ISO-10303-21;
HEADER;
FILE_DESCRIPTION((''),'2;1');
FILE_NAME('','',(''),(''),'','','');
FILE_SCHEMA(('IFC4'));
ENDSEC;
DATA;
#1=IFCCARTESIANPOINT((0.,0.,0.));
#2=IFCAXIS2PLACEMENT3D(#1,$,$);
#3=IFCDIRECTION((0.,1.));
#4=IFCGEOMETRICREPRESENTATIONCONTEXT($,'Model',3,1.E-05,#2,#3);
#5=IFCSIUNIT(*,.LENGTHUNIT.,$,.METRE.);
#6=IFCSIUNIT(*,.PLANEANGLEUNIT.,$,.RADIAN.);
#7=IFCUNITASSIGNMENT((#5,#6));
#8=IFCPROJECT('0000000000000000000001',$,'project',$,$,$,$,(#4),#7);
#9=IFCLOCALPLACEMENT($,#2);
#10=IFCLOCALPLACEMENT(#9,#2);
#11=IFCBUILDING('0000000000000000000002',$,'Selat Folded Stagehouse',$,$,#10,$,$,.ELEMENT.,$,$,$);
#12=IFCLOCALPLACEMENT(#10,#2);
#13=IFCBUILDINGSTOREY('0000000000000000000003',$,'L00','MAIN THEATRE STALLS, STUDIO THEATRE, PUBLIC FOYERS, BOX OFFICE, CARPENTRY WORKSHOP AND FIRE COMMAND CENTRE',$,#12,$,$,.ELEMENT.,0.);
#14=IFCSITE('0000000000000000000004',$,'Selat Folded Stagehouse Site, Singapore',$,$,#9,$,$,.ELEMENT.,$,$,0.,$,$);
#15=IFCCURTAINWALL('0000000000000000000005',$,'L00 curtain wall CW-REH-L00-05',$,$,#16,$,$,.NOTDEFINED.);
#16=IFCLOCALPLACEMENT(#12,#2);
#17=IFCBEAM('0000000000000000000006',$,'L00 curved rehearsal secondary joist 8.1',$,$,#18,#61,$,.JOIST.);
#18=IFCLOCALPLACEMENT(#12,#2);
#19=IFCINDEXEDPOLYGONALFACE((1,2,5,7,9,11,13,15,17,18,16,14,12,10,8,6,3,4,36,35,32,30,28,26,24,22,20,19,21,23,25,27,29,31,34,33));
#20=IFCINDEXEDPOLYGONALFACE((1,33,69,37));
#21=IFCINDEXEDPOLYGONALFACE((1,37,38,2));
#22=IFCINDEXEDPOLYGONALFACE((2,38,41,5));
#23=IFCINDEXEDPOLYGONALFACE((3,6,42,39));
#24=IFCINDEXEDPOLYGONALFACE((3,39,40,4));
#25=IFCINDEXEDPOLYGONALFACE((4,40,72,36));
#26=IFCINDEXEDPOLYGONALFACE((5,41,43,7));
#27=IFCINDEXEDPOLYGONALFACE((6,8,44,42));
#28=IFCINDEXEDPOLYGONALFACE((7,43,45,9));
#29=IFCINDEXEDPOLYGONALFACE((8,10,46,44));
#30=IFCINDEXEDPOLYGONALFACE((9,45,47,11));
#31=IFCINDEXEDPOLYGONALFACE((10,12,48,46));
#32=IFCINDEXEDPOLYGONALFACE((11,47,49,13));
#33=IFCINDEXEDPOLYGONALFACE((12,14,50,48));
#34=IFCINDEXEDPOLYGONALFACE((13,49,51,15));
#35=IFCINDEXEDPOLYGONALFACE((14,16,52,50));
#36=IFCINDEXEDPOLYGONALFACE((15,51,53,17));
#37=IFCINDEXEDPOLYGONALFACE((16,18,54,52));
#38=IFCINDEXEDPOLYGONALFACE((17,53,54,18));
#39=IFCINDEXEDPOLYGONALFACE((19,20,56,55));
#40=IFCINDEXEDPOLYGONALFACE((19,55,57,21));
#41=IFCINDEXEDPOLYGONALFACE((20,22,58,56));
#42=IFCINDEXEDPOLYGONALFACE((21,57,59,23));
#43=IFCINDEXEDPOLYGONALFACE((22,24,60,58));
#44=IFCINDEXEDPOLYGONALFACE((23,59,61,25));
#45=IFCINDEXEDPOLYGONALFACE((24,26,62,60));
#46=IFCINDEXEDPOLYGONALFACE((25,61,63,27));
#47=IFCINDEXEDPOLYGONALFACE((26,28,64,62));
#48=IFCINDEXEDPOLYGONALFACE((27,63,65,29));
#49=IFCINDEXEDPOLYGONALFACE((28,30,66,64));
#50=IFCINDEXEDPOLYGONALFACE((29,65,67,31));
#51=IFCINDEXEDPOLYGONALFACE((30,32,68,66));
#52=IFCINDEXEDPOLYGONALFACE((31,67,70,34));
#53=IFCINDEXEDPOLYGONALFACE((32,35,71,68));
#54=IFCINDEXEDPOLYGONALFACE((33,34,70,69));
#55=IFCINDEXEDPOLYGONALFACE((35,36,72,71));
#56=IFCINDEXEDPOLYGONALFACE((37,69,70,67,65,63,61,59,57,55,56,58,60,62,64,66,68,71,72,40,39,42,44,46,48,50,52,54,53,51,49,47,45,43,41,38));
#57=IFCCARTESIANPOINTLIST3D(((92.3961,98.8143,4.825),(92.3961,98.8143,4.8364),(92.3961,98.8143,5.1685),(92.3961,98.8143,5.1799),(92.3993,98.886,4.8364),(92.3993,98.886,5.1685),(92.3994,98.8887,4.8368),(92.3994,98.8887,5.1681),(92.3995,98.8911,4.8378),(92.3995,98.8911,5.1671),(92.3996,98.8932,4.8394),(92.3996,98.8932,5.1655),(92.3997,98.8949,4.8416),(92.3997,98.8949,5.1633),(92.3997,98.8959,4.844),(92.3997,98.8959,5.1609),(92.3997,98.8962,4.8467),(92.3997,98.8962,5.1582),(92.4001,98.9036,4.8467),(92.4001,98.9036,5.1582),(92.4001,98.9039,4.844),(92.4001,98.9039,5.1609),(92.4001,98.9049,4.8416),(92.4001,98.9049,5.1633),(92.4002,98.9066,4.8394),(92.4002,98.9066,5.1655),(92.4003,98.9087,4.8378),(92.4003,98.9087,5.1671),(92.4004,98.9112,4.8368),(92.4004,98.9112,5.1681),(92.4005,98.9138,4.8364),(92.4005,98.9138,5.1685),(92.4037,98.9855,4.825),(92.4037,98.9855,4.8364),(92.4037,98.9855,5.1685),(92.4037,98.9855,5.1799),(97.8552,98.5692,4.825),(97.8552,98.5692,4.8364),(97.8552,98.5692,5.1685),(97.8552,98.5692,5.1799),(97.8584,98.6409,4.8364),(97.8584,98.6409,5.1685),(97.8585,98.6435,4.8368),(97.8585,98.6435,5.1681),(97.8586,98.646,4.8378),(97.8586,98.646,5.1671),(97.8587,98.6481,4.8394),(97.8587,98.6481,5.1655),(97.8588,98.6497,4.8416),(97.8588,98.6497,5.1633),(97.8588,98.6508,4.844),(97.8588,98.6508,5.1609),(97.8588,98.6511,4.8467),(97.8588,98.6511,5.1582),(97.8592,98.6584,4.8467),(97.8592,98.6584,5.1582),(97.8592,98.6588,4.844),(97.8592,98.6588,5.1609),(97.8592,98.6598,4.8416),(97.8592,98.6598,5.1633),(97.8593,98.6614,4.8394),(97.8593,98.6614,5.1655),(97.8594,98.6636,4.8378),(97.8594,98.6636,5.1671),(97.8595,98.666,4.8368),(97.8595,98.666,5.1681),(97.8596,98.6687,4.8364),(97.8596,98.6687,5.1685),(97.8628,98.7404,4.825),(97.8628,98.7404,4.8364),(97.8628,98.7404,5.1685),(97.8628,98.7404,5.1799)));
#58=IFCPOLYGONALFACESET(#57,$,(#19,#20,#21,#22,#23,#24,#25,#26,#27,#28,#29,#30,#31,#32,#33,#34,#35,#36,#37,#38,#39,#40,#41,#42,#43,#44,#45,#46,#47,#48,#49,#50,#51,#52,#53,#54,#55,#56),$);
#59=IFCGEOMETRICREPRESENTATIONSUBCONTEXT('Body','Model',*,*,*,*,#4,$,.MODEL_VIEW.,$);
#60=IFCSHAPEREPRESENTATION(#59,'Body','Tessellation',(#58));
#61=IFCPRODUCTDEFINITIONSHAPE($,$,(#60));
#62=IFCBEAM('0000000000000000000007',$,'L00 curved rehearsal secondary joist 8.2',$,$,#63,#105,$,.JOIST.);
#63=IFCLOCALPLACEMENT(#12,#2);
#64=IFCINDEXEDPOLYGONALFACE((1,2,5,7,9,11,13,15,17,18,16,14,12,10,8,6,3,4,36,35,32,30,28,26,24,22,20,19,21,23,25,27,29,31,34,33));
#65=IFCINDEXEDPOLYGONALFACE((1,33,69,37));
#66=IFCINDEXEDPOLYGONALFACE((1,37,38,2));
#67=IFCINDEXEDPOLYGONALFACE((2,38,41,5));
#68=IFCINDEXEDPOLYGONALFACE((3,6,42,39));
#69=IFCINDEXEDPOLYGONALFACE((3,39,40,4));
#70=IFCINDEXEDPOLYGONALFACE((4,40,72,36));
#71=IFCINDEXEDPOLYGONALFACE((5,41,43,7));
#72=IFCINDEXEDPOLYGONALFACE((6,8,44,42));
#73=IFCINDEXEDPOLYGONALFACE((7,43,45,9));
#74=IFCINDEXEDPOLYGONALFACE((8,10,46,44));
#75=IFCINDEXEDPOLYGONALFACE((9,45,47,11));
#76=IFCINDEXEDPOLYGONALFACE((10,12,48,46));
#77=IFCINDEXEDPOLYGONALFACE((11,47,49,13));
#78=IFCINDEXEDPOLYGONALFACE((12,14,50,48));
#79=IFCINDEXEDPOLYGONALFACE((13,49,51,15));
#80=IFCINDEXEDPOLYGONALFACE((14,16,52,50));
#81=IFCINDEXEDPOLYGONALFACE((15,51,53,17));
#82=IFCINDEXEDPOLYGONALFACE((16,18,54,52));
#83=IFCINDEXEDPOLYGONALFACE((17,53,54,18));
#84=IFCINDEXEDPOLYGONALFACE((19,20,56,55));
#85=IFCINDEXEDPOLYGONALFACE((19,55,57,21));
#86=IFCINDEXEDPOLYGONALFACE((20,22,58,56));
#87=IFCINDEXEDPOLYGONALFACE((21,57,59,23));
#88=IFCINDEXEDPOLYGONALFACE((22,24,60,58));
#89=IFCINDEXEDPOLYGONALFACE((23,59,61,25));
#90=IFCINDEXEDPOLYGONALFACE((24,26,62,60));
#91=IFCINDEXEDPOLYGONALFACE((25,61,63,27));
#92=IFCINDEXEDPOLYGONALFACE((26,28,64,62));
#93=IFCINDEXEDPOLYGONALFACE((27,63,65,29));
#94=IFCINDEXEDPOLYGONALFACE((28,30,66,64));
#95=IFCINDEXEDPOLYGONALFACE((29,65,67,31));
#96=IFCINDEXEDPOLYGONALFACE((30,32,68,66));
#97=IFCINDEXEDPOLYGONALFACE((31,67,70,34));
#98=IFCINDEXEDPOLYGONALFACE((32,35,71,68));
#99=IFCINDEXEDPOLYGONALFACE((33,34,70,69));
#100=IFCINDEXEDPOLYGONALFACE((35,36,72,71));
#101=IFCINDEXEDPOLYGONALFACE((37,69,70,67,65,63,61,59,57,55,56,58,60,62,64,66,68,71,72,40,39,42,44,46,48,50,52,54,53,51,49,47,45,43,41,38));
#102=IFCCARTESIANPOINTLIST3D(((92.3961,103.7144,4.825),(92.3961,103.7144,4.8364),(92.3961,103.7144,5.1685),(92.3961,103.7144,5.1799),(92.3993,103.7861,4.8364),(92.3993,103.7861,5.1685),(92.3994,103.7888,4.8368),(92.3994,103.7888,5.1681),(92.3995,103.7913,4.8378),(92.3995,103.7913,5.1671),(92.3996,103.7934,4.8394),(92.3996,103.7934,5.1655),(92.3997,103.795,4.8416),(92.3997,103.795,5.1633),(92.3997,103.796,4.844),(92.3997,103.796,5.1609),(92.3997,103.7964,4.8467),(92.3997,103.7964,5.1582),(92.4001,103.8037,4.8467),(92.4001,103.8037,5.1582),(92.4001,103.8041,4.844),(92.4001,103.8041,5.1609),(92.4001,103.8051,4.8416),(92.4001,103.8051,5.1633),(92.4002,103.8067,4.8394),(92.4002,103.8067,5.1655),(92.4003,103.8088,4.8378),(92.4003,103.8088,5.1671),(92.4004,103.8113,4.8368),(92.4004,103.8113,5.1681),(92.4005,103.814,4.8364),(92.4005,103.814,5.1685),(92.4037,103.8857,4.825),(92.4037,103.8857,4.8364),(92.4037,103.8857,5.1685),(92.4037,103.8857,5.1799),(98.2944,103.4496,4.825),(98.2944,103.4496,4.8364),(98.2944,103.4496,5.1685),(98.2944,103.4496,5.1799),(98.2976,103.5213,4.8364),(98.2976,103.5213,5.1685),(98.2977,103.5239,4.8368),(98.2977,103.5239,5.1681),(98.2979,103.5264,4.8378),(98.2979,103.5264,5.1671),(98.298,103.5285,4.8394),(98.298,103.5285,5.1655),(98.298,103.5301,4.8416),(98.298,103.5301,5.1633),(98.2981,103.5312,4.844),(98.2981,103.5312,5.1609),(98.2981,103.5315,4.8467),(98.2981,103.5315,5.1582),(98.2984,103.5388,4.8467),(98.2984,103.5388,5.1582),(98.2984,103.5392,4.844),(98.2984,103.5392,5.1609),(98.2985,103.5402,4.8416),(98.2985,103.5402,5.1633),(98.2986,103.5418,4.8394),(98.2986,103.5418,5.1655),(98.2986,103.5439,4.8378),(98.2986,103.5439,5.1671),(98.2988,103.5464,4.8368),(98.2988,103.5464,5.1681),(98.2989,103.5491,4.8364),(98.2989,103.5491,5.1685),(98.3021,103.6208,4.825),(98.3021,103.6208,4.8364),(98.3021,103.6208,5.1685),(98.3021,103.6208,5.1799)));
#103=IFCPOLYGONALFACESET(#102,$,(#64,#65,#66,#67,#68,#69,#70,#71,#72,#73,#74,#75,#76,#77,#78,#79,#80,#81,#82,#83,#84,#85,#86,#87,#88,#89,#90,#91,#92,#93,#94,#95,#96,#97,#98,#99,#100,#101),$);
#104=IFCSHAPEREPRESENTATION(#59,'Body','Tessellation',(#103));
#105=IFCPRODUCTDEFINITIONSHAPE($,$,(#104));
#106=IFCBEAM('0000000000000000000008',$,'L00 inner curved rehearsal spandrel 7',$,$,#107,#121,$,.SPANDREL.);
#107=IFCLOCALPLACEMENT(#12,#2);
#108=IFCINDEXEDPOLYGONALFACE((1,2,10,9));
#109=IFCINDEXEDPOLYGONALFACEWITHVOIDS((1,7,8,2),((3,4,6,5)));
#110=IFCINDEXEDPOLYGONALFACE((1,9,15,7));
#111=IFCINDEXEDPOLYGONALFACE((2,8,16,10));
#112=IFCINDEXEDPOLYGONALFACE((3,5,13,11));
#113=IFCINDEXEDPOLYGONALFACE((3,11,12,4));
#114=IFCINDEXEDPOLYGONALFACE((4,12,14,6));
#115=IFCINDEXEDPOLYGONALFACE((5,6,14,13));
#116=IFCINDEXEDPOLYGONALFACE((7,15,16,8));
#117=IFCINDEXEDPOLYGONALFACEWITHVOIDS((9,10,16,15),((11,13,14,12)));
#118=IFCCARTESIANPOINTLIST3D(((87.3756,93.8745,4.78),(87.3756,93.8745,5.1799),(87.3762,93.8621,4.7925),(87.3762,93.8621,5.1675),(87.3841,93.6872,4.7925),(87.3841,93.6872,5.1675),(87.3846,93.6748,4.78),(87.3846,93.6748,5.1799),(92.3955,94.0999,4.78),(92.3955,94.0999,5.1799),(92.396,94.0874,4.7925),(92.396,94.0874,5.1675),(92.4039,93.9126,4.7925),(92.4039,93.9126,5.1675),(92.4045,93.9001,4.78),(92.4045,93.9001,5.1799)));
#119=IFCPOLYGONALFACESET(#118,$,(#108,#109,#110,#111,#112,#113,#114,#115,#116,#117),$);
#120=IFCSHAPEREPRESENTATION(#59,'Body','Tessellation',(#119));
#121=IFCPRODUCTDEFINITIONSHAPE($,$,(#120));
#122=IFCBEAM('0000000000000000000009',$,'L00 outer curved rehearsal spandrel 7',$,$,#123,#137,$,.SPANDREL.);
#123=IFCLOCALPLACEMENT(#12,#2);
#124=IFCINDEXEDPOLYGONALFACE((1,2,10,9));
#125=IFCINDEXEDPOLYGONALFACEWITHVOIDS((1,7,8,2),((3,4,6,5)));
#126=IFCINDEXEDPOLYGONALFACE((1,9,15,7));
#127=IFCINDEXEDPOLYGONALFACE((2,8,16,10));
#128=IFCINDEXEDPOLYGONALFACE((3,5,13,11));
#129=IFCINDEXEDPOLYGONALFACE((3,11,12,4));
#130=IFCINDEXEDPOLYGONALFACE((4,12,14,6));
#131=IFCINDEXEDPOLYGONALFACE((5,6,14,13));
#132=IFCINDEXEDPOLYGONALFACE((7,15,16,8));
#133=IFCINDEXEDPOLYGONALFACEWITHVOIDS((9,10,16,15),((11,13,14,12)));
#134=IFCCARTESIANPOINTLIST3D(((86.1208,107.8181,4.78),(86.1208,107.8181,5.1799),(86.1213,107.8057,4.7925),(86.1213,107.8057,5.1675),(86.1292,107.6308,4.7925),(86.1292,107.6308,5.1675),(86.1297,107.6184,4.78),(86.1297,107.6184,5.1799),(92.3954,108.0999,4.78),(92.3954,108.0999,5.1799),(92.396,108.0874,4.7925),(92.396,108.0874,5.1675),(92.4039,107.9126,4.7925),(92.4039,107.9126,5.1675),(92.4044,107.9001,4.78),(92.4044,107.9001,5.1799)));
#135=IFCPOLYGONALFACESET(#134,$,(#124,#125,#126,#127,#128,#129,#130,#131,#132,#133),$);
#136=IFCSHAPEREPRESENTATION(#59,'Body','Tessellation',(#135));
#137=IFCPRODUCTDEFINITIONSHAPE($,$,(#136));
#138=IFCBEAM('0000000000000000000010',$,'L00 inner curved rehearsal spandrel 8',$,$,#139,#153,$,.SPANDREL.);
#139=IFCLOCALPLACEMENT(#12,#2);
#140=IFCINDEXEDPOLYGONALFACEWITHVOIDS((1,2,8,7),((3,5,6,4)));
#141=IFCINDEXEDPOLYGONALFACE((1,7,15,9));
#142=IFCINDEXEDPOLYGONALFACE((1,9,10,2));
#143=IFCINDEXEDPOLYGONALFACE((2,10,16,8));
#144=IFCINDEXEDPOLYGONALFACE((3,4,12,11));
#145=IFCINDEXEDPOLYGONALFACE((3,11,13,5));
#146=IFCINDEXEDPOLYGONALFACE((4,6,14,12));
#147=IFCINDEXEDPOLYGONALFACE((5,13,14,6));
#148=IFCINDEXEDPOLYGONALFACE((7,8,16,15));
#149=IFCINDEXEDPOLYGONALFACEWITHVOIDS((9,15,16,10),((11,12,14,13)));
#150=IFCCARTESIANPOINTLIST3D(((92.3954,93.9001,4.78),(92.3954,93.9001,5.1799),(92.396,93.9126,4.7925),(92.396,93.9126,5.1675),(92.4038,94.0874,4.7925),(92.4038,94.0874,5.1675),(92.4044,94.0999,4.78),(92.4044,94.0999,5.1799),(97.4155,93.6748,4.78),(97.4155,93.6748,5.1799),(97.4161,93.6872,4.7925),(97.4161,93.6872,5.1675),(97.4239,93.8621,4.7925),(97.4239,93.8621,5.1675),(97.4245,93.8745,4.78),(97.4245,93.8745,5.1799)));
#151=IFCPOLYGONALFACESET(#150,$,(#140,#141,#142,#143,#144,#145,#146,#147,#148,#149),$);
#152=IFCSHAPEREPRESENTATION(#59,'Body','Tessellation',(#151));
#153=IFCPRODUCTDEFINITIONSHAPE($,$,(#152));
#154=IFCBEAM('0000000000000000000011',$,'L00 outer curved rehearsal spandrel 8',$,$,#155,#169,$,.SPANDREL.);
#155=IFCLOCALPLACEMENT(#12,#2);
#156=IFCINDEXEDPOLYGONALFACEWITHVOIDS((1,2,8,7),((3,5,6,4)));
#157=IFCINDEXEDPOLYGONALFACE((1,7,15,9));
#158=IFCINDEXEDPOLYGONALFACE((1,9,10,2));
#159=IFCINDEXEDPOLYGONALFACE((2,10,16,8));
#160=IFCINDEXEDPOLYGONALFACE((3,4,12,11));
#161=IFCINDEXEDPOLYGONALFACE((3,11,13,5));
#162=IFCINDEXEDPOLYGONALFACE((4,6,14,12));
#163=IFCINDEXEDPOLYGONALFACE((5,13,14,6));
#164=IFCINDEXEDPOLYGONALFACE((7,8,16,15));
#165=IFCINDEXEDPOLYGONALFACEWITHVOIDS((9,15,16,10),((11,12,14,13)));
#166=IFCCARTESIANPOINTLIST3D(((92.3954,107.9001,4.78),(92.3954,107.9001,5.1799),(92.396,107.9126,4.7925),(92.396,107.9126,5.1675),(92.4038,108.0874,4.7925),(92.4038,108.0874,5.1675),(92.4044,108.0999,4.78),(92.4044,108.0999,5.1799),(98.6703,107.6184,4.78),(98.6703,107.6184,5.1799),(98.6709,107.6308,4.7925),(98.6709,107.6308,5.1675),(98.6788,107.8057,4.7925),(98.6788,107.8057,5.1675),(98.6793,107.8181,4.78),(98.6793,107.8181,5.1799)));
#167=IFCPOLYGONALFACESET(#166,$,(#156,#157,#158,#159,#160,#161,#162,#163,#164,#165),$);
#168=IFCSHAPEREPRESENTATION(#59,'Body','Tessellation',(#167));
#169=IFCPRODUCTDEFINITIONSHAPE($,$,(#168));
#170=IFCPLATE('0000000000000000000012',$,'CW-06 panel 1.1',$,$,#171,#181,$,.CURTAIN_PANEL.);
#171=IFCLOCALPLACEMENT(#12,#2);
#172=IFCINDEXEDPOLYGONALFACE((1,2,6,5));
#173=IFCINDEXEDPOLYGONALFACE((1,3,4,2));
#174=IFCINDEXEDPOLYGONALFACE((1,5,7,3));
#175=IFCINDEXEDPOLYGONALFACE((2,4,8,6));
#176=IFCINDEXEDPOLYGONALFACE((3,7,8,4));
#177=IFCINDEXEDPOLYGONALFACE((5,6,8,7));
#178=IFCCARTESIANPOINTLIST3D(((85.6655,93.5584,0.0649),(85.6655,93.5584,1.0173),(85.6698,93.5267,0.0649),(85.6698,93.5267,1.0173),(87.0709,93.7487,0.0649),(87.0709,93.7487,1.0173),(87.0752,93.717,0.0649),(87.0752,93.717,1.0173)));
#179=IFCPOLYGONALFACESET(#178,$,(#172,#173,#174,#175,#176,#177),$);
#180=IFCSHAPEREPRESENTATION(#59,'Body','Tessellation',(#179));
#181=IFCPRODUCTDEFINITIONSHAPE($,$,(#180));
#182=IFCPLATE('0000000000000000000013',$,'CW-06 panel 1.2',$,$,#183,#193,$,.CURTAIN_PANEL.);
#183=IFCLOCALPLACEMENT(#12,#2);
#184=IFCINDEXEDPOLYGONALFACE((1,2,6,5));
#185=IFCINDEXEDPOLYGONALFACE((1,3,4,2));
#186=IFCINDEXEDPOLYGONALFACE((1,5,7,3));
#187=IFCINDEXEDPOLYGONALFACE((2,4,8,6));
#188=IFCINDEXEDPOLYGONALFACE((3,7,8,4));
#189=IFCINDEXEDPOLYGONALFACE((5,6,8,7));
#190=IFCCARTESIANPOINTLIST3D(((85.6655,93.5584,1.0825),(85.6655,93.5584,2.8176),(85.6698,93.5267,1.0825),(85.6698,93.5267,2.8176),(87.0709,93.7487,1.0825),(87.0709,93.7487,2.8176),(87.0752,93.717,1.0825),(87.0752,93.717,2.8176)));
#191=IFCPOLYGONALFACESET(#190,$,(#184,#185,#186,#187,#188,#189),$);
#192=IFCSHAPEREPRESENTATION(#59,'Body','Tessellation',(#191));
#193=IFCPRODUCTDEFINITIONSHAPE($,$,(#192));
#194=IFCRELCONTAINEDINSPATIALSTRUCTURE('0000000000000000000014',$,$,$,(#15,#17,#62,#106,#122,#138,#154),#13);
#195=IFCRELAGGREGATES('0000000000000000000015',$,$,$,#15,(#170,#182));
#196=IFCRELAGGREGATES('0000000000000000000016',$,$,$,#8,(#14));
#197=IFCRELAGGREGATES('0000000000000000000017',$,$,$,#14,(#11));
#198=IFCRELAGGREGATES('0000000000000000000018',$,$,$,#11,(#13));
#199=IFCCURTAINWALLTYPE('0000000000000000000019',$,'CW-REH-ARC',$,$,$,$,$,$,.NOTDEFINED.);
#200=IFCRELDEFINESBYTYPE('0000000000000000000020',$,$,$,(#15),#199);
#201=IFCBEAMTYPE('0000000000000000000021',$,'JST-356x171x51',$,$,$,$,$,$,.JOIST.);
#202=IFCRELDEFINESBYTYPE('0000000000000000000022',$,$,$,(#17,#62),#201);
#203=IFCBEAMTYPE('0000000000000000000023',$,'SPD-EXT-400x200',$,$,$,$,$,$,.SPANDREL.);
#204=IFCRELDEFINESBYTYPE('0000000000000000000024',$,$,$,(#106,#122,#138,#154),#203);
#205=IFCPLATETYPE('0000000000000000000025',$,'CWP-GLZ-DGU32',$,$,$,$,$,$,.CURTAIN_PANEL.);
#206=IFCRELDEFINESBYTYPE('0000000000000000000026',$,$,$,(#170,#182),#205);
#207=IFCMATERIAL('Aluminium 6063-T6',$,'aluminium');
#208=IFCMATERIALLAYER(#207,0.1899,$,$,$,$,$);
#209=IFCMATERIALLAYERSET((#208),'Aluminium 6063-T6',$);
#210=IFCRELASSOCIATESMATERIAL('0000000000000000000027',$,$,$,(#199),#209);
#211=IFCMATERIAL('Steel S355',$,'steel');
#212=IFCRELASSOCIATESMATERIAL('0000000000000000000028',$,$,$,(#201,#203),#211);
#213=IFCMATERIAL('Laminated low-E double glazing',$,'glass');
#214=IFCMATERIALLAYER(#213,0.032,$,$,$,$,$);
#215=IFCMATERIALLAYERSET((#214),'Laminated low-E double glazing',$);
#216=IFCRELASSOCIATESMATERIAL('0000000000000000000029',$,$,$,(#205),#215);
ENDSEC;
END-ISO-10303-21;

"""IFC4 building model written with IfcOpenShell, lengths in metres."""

from ifc_helpers import new_model, si_unit, direction, frame, origin, origin_2d, place, context, subcontext, project, spatial, rectangle, hollow_rectangle, i_section, extrude, material, layer, layer_set, material_profile, profile_set, type_object, element, aggregate, save


model = new_model("IFC4")

# Units and contexts
model_context = context("Model", 3, precision=1e-05, world=origin(), true_north=direction((0.0, 1.0)))
body_context = subcontext(model_context, "Body", "Model", "MODEL_VIEW")
ifc_project = project(units=[si_unit("LENGTHUNIT", "METRE"), si_unit("PLANEANGLEUNIT", "RADIAN")], contexts=[model_context])

# Site, building, storey
site_placement = place(None, origin())
site = spatial("IfcSite", under=ifc_project, at=site_placement, Name="Selat Folded Stagehouse Site, Singapore", CompositionType="ELEMENT", RefElevation=0.0)
building_placement = place(site_placement, origin())
building = spatial("IfcBuilding", under=site, at=building_placement, Name="Selat Folded Stagehouse", CompositionType="ELEMENT")
storey_placement = place(building_placement, origin())
storey = spatial("IfcBuildingStorey", under=building, at=storey_placement, Name="L00", Description="MAIN THEATRE STALLS, STUDIO THEATRE, PUBLIC FOYERS, BOX OFFICE, CARPENTRY WORKSHOP AND FIRE COMMAND CENTRE", CompositionType="ELEMENT", Elevation=0.0)

# Shared definitions
ifc_material_1 = material(Name="Steel S355", Category="steel")

# Curtain wall
ifc_material_2 = material(Name="Aluminium 6063-T6", Category="aluminium")
ifc_layer_1 = layer(ifc_material_2, 0.1899)
ifc_layer_set_1 = layer_set([ifc_layer_1], Name="Aluminium 6063-T6")
curtain_wall_type = type_object("IfcCurtainWallType", Name="CW-REH-ARC", PredefinedType="NOTDEFINED", material=ifc_layer_set_1)
curtain_wall_placement = place(storey_placement, origin())
curtain_wall = element("IfcCurtainWall", 1, at=curtain_wall_placement, inside=storey, type_object=curtain_wall_type, Name="L00 curtain wall CW-REH-L00-05", PredefinedType="NOTDEFINED")

# Beams
ifc_material_profile_1 = material_profile(ifc_material_1, i_section(OverallWidth=0.1714, OverallDepth=0.355, WebThickness=0.0073, FlangeThickness=0.0115, FilletRadius=0.0103, at=origin_2d()), Name="UKB 356x171x51")
ifc_profile_set_1 = profile_set([ifc_material_profile_1], Name="Steel S355")
beam_type_1 = type_object("IfcBeamType", Name="JST-356x171x51", PredefinedType="JOIST", material=ifc_profile_set_1)
beam_1_placement = place(storey_placement, frame((92.3999, 98.8999, 5.0024), z_axis=(0.998993, -0.044856, 0.0), x_axis=(0.044856, 0.998993, 0.0)))
element("IfcBeam", 2, at=beam_1_placement, inside=storey, type_object=beam_type_1, Name="L00 curved rehearsal secondary joist 8.1", PredefinedType="JOIST", context=body_context, shape_type="SweptSolid", body=[
    extrude(i_section(OverallWidth=0.1714, OverallDepth=0.355, WebThickness=0.0073, FlangeThickness=0.0115, FilletRadius=0.0103, at=origin_2d()), origin(), (0.0, 0.0, 1.0), 5.4646),
])
beam_2_placement = place(storey_placement, frame((92.3999, 103.8, 5.0024), z_axis=(0.998993, -0.044864, 0.0), x_axis=(0.044864, 0.998993, 0.0)))
element("IfcBeam", 3, at=beam_2_placement, inside=storey, type_object=beam_type_1, Name="L00 curved rehearsal secondary joist 8.2", PredefinedType="JOIST", context=body_context, shape_type="SweptSolid", body=[
    extrude(i_section(OverallWidth=0.1714, OverallDepth=0.355, WebThickness=0.0073, FlangeThickness=0.0115, FilletRadius=0.0103, at=origin_2d()), origin(), (0.0, 0.0, 1.0), 5.9043),
])
ifc_material_profile_2 = material_profile(ifc_material_1, hollow_rectangle(XDim=0.2, YDim=0.3999, WallThickness=0.0125, at=origin_2d()), Name="RHS 400x200x12.5")
ifc_profile_set_2 = profile_set([ifc_material_profile_2], Name="Steel S355")
beam_type_2 = type_object("IfcBeamType", Name="SPD-EXT-400x200", PredefinedType="SPANDREL", material=ifc_profile_set_2)
beam_3_placement = place(storey_placement, frame((87.3801, 93.7747, 4.98), z_axis=(0.998994, 0.044846, 0.0), x_axis=(-0.044846, 0.998994, 0.0)))
element("IfcBeam", 4, at=beam_3_placement, inside=storey, type_object=beam_type_2, Name="L00 inner curved rehearsal spandrel 7", PredefinedType="SPANDREL", context=body_context, shape_type="SweptSolid", body=[
    extrude(hollow_rectangle(XDim=0.2, YDim=0.3999, WallThickness=0.0125, at=origin_2d()), origin(), (0.0, 0.0, 1.0), 5.0249),
])
beam_4_placement = place(storey_placement, frame((86.1252, 107.7183, 4.98), z_axis=(0.998993, 0.044856, 0.0), x_axis=(-0.044856, 0.998993, 0.0)))
element("IfcBeam", 5, at=beam_4_placement, inside=storey, type_object=beam_type_2, Name="L00 outer curved rehearsal spandrel 7", PredefinedType="SPANDREL", context=body_context, shape_type="SweptSolid", body=[
    extrude(hollow_rectangle(XDim=0.2, YDim=0.3999, WallThickness=0.0125, at=origin_2d()), origin(), (0.0, 0.0, 1.0), 6.281),
])
beam_5_placement = place(storey_placement, frame((92.3999, 94.0, 4.98), z_axis=(0.998994, -0.044843, 0.0), x_axis=(0.044843, 0.998994, 0.0)))
element("IfcBeam", 6, at=beam_5_placement, inside=storey, type_object=beam_type_2, Name="L00 inner curved rehearsal spandrel 8", PredefinedType="SPANDREL", context=body_context, shape_type="SweptSolid", body=[
    extrude(hollow_rectangle(XDim=0.2, YDim=0.3999, WallThickness=0.0125, at=origin_2d()), origin(), (0.0, 0.0, 1.0), 5.0251),
])
beam_6_placement = place(storey_placement, frame((92.3999, 108.0, 4.98), z_axis=(0.998994, -0.044854, 0.0), x_axis=(0.044854, 0.998994, 0.0)))
element("IfcBeam", 7, at=beam_6_placement, inside=storey, type_object=beam_type_2, Name="L00 outer curved rehearsal spandrel 8", PredefinedType="SPANDREL", context=body_context, shape_type="SweptSolid", body=[
    extrude(hollow_rectangle(XDim=0.2, YDim=0.3999, WallThickness=0.0125, at=origin_2d()), origin(), (0.0, 0.0, 1.0), 6.2812),
])

# Plates
ifc_material_3 = material(Name="Laminated low-E double glazing", Category="glass")
ifc_layer_2 = layer(ifc_material_3, 0.032)
ifc_layer_set_2 = layer_set([ifc_layer_2], Name="Laminated low-E double glazing")
plate_type = type_object("IfcPlateType", Name="CWP-GLZ-DGU32", PredefinedType="CURTAIN_PANEL", material=ifc_layer_set_2)
plate_1_placement = place(storey_placement, frame((86.3704, 93.6377, 0.0649), z_axis=(0.0, 0.0, 1.0), x_axis=(-0.990953, -0.134212, 0.0)))
plate_1 = element("IfcPlate", 8, at=plate_1_placement, type_object=plate_type, Name="CW-06 panel 1.1", PredefinedType="CURTAIN_PANEL", context=body_context, shape_type="SweptSolid", body=[
    extrude(rectangle(XDim=1.4182, YDim=0.032, at=origin_2d()), origin(), (0.0, 0.0, 1.0), 0.9524),
])
plate_2_placement = place(storey_placement, frame((86.3704, 93.6377, 1.0825), z_axis=(0.0, 0.0, 1.0), x_axis=(-0.990953, -0.134212, 0.0)))
plate_2 = element("IfcPlate", 9, at=plate_2_placement, type_object=plate_type, Name="CW-06 panel 1.2", PredefinedType="CURTAIN_PANEL", context=body_context, shape_type="SweptSolid", body=[
    extrude(rectangle(XDim=1.4182, YDim=0.032, at=origin_2d()), origin(), (0.0, 0.0, 1.0), 1.7351),
])
aggregate(curtain_wall, [plate_1, plate_2])

save(model, "model.ifc")
